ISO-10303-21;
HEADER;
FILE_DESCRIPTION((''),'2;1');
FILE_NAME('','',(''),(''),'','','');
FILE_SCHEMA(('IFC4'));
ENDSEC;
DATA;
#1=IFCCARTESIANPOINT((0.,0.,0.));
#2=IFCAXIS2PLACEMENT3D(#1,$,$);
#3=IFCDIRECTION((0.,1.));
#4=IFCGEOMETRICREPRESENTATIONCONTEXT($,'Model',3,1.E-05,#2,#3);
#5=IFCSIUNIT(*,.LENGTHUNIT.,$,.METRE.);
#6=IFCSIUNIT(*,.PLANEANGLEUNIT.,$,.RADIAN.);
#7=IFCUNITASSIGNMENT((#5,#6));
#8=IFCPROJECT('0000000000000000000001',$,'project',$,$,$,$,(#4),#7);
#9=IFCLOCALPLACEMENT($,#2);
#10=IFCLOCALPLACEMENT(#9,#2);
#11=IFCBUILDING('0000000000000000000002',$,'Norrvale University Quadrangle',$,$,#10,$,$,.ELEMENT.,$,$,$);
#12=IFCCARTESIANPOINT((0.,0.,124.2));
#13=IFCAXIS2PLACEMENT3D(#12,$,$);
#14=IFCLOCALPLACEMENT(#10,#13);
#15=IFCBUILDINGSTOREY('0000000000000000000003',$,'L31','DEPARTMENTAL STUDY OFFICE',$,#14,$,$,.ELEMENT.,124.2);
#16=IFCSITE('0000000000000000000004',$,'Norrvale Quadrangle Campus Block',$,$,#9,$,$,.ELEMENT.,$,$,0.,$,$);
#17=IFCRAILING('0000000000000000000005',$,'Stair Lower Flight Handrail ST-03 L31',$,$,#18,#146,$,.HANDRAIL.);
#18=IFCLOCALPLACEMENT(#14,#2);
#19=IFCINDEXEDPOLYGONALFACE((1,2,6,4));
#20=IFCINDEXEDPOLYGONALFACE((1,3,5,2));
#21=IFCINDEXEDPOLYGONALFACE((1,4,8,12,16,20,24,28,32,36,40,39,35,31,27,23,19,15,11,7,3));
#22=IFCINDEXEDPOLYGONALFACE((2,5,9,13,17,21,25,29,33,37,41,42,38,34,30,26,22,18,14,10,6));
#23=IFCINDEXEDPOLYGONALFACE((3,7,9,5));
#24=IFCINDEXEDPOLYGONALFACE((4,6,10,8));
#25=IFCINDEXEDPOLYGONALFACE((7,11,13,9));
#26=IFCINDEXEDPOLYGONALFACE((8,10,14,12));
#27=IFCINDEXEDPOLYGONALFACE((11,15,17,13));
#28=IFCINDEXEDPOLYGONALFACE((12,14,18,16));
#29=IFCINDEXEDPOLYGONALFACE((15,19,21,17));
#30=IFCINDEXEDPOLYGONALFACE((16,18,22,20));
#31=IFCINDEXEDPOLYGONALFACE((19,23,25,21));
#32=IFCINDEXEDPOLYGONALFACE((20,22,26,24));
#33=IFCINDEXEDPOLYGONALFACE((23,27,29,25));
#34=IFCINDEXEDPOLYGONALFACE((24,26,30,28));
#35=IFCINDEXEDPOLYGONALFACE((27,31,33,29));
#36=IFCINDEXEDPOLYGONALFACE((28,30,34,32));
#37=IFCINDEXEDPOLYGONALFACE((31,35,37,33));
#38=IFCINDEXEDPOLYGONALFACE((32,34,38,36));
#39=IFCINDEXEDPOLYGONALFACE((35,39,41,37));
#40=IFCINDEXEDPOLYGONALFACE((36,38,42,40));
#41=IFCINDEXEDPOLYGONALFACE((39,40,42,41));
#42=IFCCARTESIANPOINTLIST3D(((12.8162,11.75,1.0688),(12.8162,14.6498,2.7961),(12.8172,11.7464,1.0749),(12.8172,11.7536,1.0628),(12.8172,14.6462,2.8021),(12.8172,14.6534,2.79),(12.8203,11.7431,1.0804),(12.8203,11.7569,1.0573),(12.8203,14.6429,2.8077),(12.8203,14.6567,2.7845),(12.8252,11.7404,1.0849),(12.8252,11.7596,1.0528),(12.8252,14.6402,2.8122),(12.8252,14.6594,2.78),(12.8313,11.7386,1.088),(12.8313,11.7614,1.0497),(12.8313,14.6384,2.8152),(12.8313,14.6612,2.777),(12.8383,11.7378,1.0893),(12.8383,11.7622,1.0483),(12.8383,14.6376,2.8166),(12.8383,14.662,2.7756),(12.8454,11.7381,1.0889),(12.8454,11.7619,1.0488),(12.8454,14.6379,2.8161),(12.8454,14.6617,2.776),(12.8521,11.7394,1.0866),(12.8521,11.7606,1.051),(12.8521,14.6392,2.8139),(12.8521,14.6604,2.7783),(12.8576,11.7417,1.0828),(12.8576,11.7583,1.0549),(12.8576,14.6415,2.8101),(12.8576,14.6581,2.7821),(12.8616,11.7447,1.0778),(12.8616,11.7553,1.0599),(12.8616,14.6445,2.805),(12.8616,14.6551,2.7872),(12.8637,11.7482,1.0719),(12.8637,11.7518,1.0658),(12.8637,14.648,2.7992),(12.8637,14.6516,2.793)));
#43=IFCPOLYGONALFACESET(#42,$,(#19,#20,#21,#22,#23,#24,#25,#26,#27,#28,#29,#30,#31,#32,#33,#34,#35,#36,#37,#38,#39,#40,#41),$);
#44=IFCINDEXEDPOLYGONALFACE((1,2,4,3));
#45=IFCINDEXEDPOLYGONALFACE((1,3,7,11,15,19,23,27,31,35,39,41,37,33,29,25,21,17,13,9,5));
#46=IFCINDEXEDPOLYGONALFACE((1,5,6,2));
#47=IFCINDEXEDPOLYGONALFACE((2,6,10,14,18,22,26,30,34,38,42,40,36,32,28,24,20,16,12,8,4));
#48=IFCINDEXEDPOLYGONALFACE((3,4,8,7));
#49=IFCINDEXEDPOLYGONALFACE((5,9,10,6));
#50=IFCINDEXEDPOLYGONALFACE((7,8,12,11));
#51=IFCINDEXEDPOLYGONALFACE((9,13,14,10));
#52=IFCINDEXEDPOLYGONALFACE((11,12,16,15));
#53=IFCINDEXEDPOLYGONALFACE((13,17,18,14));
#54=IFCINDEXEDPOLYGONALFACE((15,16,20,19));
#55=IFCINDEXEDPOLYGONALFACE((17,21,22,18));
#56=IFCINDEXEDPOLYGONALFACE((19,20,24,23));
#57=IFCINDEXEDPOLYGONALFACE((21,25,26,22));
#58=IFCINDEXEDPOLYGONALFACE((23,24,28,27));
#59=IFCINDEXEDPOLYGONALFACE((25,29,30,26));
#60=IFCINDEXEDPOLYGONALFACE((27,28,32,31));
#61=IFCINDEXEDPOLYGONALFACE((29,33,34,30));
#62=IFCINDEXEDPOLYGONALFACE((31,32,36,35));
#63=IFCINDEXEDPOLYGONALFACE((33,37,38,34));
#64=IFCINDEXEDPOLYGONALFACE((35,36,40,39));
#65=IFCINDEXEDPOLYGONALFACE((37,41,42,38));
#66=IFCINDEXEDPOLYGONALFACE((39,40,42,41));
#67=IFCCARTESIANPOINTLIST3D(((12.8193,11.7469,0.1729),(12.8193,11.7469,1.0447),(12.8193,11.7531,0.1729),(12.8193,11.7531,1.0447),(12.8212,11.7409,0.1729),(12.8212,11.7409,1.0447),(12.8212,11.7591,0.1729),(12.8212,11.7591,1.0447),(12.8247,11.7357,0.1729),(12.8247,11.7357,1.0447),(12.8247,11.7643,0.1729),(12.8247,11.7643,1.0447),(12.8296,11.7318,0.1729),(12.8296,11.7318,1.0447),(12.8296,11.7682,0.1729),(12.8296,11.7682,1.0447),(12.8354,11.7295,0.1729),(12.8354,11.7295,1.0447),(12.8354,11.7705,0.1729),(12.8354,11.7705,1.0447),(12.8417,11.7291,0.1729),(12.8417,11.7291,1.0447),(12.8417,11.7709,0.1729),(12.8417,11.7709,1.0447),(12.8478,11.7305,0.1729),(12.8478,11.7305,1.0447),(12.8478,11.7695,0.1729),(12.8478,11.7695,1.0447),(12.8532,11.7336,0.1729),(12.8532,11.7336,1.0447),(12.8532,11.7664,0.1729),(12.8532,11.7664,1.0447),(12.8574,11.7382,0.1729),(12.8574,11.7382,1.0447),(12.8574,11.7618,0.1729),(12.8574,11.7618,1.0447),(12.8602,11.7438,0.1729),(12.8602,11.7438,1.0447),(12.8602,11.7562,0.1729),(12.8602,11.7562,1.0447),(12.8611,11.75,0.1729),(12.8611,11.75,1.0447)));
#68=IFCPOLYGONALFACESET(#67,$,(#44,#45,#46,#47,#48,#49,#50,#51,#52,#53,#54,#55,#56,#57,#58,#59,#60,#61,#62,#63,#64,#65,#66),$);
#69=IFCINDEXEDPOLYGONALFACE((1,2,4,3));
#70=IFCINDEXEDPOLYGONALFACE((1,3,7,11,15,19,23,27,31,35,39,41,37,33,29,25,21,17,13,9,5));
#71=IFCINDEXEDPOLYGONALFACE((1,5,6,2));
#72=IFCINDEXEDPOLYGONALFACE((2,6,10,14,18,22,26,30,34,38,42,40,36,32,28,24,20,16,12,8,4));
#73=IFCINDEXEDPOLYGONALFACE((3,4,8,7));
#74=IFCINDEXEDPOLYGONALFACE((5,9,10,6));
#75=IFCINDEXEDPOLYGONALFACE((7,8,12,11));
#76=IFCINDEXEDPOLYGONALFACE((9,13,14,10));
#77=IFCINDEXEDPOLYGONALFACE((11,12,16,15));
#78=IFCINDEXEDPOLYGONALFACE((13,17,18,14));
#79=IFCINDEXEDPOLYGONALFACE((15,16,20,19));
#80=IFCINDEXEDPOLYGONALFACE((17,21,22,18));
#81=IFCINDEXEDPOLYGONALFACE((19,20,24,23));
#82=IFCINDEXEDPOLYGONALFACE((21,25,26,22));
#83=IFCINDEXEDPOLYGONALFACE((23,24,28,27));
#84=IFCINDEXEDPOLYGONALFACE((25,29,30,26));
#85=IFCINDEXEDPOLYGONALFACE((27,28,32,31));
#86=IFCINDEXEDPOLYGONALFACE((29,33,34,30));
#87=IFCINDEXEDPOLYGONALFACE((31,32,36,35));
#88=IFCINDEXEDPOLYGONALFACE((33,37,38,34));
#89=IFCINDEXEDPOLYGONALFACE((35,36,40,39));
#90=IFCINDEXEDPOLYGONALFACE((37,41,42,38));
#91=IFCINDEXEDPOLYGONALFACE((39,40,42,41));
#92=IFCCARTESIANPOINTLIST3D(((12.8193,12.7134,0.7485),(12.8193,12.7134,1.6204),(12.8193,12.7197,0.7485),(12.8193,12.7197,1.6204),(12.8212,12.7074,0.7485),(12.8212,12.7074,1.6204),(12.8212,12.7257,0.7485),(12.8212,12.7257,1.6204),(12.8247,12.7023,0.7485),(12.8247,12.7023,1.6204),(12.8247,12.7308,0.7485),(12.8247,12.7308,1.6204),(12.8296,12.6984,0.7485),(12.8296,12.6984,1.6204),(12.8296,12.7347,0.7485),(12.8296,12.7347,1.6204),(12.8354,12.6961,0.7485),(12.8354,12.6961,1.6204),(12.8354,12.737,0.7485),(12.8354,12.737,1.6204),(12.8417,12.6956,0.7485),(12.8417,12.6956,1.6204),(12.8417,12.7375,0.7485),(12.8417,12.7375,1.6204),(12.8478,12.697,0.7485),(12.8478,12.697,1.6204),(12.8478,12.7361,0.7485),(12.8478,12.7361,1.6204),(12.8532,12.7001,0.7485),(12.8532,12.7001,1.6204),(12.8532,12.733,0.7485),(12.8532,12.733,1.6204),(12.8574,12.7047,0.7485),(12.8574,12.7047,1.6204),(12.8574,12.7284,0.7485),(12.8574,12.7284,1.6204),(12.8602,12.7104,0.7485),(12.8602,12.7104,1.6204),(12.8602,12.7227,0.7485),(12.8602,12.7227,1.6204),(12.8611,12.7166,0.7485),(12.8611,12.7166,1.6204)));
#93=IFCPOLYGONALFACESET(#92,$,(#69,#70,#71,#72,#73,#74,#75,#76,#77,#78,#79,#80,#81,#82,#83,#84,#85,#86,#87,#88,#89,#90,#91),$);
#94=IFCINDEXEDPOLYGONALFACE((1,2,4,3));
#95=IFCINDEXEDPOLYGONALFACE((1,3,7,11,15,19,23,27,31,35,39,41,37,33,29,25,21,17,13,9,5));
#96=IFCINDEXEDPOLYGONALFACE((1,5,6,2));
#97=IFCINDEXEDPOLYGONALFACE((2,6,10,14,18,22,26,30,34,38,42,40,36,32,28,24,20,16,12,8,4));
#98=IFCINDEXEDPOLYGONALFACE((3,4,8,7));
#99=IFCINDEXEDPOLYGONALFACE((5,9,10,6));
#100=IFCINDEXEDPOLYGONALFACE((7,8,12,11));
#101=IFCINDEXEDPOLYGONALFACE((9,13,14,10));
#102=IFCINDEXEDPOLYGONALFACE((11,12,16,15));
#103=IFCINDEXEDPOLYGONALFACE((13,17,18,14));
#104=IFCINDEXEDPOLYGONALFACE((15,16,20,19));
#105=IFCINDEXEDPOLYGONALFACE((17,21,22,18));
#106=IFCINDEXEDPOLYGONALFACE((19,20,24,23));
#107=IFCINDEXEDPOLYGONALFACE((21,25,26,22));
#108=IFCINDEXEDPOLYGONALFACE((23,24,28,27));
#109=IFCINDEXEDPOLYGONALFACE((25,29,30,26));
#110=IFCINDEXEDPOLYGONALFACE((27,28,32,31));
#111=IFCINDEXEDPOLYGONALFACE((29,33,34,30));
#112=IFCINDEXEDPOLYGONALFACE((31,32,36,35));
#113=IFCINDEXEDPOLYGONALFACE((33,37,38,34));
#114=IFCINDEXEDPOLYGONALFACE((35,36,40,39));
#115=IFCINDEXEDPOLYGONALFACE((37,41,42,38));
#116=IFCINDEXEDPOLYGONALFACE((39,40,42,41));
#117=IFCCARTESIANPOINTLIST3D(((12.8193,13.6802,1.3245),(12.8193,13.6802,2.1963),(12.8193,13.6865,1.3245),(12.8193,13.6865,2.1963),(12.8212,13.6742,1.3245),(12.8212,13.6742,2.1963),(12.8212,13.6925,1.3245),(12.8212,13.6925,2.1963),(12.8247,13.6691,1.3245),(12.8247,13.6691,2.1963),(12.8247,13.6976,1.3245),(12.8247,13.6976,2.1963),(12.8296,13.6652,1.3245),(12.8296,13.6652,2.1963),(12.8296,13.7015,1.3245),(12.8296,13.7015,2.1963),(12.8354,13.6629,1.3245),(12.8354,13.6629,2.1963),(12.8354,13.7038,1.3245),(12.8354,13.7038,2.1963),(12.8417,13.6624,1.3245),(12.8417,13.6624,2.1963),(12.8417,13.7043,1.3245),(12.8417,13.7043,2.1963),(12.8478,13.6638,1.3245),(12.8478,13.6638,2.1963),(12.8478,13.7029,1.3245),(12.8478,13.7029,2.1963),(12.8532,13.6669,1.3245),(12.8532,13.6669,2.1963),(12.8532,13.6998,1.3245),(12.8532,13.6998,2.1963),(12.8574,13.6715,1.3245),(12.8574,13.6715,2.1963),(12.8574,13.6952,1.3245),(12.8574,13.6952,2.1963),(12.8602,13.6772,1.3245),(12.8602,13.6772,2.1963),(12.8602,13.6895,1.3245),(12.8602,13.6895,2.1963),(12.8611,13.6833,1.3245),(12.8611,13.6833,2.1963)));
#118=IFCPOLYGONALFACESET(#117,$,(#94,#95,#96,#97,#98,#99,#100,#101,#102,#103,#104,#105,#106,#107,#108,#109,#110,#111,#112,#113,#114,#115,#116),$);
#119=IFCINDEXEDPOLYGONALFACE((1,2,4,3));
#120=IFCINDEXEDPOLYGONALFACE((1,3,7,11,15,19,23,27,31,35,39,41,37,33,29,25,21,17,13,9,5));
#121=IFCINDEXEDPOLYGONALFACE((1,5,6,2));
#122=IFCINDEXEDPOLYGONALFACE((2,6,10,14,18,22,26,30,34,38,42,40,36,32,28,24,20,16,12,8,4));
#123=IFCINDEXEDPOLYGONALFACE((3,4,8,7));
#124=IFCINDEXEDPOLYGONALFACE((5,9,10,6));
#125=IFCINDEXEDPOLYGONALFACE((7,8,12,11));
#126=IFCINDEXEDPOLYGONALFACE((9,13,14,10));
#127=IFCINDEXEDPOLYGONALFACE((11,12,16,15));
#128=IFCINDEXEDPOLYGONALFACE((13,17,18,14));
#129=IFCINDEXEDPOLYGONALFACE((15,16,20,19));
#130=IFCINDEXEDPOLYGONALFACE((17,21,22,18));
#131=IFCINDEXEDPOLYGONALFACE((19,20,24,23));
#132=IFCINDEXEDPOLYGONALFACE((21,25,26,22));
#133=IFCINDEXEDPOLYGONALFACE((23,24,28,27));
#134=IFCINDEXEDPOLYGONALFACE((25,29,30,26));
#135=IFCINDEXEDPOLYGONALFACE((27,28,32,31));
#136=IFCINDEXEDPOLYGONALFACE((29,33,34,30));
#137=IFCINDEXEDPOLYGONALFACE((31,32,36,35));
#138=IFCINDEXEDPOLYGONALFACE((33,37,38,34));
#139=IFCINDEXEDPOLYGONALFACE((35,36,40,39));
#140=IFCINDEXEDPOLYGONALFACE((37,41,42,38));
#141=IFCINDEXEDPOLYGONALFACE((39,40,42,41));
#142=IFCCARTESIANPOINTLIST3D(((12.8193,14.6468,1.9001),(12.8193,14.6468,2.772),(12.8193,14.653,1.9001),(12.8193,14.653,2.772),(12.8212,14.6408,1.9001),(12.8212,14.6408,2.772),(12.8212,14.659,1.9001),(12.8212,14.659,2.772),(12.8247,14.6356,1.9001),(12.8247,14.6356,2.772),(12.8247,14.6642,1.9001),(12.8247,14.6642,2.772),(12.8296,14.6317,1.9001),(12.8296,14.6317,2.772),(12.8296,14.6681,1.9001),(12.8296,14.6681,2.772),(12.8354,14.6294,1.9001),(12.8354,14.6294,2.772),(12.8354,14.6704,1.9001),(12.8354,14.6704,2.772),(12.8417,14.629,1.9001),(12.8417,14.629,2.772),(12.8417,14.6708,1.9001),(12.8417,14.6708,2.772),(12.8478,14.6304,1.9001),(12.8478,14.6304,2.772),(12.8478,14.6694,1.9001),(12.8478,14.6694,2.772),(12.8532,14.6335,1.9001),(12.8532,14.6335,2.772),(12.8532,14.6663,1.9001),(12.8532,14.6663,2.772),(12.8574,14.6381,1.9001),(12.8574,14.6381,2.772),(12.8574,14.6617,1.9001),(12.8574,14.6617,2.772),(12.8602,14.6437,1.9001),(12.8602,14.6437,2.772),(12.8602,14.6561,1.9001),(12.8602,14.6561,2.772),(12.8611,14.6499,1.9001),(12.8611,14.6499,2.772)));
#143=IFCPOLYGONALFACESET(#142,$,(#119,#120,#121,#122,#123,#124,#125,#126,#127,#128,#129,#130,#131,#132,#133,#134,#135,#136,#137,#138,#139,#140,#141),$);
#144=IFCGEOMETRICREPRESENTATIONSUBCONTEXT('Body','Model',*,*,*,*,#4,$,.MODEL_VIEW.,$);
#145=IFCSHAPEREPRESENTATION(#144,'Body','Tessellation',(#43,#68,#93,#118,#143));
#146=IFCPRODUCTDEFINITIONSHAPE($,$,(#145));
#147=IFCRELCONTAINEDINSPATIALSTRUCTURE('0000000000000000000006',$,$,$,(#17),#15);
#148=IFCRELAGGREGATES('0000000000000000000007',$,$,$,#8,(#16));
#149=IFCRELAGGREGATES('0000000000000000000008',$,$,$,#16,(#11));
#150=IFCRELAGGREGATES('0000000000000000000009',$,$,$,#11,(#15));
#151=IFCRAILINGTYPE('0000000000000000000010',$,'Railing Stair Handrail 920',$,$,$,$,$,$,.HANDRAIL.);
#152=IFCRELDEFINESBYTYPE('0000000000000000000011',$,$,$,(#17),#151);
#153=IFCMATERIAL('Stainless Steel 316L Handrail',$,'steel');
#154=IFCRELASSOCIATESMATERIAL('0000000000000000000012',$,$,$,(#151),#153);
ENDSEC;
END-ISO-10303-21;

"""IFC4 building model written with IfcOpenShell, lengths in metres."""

from ifc_helpers import new_model, si_unit, direction, frame, origin, origin_2d, place, context, subcontext, project, spatial, circle, extrude, material, type_object, element, save


model = new_model("IFC4")

# Units and contexts
model_context = context("Model", 3, precision=1e-05, world=origin(), true_north=direction((0.0, 1.0)))
body_context = subcontext(model_context, "Body", "Model", "MODEL_VIEW")
ifc_project = project(units=[si_unit("LENGTHUNIT", "METRE"), si_unit("PLANEANGLEUNIT", "RADIAN")], contexts=[model_context])

# Site, building, storey
site_placement = place(None, origin())
site = spatial("IfcSite", under=ifc_project, at=site_placement, Name="Norrvale Quadrangle Campus Block", CompositionType="ELEMENT", RefElevation=0.0)
building_placement = place(site_placement, origin())
building = spatial("IfcBuilding", under=site, at=building_placement, Name="Norrvale University Quadrangle", CompositionType="ELEMENT")
storey_placement = place(building_placement, frame((0.0, 0.0, 124.2)))
storey = spatial("IfcBuildingStorey", under=building, at=storey_placement, Name="L31", Description="DEPARTMENTAL STUDY OFFICE", CompositionType="ELEMENT", Elevation=124.2)

# Railing
ifc_material_1 = material(Name="Stainless Steel 316L Handrail", Category="steel")
railing_type_1 = type_object("IfcRailingType", Name="Railing Stair Handrail 920", PredefinedType="HANDRAIL", material=ifc_material_1)
railing_1_placement = place(storey_placement, frame((12.8401, 11.75, 0.1729)))
element("IfcRailing", 1, at=railing_1_placement, inside=storey, type_object=railing_type_1, Name="Stair Lower Flight Handrail ST-03 L31", PredefinedType="HANDRAIL", context=body_context, shape_type="SweptSolid", body=[
    extrude(circle(Radius=0.0239, at=origin_2d()), frame((0.0, 0.0, 0.896), z_axis=(0.0, 0.859141, 0.511738), x_axis=(-1.0, 0.0, 0.0)), (0.0, 0.0, 1.0), 3.3752),
    extrude(circle(Radius=0.021, at=origin_2d()), origin(), (0.0, 0.0, 1.0), 0.8718),
    extrude(circle(Radius=0.021, at=origin_2d()), frame((0.0, 0.9666, 0.5757)), (0.0, 0.0, 1.0), 0.8718),
    extrude(circle(Radius=0.021, at=origin_2d()), frame((0.0, 1.9333, 1.1516)), (0.0, 0.0, 1.0), 0.8718),
    extrude(circle(Radius=0.021, at=origin_2d()), frame((0.0, 2.8999, 1.7273)), (0.0, 0.0, 1.0), 0.8718),
])

save(model, "model.ifc")
